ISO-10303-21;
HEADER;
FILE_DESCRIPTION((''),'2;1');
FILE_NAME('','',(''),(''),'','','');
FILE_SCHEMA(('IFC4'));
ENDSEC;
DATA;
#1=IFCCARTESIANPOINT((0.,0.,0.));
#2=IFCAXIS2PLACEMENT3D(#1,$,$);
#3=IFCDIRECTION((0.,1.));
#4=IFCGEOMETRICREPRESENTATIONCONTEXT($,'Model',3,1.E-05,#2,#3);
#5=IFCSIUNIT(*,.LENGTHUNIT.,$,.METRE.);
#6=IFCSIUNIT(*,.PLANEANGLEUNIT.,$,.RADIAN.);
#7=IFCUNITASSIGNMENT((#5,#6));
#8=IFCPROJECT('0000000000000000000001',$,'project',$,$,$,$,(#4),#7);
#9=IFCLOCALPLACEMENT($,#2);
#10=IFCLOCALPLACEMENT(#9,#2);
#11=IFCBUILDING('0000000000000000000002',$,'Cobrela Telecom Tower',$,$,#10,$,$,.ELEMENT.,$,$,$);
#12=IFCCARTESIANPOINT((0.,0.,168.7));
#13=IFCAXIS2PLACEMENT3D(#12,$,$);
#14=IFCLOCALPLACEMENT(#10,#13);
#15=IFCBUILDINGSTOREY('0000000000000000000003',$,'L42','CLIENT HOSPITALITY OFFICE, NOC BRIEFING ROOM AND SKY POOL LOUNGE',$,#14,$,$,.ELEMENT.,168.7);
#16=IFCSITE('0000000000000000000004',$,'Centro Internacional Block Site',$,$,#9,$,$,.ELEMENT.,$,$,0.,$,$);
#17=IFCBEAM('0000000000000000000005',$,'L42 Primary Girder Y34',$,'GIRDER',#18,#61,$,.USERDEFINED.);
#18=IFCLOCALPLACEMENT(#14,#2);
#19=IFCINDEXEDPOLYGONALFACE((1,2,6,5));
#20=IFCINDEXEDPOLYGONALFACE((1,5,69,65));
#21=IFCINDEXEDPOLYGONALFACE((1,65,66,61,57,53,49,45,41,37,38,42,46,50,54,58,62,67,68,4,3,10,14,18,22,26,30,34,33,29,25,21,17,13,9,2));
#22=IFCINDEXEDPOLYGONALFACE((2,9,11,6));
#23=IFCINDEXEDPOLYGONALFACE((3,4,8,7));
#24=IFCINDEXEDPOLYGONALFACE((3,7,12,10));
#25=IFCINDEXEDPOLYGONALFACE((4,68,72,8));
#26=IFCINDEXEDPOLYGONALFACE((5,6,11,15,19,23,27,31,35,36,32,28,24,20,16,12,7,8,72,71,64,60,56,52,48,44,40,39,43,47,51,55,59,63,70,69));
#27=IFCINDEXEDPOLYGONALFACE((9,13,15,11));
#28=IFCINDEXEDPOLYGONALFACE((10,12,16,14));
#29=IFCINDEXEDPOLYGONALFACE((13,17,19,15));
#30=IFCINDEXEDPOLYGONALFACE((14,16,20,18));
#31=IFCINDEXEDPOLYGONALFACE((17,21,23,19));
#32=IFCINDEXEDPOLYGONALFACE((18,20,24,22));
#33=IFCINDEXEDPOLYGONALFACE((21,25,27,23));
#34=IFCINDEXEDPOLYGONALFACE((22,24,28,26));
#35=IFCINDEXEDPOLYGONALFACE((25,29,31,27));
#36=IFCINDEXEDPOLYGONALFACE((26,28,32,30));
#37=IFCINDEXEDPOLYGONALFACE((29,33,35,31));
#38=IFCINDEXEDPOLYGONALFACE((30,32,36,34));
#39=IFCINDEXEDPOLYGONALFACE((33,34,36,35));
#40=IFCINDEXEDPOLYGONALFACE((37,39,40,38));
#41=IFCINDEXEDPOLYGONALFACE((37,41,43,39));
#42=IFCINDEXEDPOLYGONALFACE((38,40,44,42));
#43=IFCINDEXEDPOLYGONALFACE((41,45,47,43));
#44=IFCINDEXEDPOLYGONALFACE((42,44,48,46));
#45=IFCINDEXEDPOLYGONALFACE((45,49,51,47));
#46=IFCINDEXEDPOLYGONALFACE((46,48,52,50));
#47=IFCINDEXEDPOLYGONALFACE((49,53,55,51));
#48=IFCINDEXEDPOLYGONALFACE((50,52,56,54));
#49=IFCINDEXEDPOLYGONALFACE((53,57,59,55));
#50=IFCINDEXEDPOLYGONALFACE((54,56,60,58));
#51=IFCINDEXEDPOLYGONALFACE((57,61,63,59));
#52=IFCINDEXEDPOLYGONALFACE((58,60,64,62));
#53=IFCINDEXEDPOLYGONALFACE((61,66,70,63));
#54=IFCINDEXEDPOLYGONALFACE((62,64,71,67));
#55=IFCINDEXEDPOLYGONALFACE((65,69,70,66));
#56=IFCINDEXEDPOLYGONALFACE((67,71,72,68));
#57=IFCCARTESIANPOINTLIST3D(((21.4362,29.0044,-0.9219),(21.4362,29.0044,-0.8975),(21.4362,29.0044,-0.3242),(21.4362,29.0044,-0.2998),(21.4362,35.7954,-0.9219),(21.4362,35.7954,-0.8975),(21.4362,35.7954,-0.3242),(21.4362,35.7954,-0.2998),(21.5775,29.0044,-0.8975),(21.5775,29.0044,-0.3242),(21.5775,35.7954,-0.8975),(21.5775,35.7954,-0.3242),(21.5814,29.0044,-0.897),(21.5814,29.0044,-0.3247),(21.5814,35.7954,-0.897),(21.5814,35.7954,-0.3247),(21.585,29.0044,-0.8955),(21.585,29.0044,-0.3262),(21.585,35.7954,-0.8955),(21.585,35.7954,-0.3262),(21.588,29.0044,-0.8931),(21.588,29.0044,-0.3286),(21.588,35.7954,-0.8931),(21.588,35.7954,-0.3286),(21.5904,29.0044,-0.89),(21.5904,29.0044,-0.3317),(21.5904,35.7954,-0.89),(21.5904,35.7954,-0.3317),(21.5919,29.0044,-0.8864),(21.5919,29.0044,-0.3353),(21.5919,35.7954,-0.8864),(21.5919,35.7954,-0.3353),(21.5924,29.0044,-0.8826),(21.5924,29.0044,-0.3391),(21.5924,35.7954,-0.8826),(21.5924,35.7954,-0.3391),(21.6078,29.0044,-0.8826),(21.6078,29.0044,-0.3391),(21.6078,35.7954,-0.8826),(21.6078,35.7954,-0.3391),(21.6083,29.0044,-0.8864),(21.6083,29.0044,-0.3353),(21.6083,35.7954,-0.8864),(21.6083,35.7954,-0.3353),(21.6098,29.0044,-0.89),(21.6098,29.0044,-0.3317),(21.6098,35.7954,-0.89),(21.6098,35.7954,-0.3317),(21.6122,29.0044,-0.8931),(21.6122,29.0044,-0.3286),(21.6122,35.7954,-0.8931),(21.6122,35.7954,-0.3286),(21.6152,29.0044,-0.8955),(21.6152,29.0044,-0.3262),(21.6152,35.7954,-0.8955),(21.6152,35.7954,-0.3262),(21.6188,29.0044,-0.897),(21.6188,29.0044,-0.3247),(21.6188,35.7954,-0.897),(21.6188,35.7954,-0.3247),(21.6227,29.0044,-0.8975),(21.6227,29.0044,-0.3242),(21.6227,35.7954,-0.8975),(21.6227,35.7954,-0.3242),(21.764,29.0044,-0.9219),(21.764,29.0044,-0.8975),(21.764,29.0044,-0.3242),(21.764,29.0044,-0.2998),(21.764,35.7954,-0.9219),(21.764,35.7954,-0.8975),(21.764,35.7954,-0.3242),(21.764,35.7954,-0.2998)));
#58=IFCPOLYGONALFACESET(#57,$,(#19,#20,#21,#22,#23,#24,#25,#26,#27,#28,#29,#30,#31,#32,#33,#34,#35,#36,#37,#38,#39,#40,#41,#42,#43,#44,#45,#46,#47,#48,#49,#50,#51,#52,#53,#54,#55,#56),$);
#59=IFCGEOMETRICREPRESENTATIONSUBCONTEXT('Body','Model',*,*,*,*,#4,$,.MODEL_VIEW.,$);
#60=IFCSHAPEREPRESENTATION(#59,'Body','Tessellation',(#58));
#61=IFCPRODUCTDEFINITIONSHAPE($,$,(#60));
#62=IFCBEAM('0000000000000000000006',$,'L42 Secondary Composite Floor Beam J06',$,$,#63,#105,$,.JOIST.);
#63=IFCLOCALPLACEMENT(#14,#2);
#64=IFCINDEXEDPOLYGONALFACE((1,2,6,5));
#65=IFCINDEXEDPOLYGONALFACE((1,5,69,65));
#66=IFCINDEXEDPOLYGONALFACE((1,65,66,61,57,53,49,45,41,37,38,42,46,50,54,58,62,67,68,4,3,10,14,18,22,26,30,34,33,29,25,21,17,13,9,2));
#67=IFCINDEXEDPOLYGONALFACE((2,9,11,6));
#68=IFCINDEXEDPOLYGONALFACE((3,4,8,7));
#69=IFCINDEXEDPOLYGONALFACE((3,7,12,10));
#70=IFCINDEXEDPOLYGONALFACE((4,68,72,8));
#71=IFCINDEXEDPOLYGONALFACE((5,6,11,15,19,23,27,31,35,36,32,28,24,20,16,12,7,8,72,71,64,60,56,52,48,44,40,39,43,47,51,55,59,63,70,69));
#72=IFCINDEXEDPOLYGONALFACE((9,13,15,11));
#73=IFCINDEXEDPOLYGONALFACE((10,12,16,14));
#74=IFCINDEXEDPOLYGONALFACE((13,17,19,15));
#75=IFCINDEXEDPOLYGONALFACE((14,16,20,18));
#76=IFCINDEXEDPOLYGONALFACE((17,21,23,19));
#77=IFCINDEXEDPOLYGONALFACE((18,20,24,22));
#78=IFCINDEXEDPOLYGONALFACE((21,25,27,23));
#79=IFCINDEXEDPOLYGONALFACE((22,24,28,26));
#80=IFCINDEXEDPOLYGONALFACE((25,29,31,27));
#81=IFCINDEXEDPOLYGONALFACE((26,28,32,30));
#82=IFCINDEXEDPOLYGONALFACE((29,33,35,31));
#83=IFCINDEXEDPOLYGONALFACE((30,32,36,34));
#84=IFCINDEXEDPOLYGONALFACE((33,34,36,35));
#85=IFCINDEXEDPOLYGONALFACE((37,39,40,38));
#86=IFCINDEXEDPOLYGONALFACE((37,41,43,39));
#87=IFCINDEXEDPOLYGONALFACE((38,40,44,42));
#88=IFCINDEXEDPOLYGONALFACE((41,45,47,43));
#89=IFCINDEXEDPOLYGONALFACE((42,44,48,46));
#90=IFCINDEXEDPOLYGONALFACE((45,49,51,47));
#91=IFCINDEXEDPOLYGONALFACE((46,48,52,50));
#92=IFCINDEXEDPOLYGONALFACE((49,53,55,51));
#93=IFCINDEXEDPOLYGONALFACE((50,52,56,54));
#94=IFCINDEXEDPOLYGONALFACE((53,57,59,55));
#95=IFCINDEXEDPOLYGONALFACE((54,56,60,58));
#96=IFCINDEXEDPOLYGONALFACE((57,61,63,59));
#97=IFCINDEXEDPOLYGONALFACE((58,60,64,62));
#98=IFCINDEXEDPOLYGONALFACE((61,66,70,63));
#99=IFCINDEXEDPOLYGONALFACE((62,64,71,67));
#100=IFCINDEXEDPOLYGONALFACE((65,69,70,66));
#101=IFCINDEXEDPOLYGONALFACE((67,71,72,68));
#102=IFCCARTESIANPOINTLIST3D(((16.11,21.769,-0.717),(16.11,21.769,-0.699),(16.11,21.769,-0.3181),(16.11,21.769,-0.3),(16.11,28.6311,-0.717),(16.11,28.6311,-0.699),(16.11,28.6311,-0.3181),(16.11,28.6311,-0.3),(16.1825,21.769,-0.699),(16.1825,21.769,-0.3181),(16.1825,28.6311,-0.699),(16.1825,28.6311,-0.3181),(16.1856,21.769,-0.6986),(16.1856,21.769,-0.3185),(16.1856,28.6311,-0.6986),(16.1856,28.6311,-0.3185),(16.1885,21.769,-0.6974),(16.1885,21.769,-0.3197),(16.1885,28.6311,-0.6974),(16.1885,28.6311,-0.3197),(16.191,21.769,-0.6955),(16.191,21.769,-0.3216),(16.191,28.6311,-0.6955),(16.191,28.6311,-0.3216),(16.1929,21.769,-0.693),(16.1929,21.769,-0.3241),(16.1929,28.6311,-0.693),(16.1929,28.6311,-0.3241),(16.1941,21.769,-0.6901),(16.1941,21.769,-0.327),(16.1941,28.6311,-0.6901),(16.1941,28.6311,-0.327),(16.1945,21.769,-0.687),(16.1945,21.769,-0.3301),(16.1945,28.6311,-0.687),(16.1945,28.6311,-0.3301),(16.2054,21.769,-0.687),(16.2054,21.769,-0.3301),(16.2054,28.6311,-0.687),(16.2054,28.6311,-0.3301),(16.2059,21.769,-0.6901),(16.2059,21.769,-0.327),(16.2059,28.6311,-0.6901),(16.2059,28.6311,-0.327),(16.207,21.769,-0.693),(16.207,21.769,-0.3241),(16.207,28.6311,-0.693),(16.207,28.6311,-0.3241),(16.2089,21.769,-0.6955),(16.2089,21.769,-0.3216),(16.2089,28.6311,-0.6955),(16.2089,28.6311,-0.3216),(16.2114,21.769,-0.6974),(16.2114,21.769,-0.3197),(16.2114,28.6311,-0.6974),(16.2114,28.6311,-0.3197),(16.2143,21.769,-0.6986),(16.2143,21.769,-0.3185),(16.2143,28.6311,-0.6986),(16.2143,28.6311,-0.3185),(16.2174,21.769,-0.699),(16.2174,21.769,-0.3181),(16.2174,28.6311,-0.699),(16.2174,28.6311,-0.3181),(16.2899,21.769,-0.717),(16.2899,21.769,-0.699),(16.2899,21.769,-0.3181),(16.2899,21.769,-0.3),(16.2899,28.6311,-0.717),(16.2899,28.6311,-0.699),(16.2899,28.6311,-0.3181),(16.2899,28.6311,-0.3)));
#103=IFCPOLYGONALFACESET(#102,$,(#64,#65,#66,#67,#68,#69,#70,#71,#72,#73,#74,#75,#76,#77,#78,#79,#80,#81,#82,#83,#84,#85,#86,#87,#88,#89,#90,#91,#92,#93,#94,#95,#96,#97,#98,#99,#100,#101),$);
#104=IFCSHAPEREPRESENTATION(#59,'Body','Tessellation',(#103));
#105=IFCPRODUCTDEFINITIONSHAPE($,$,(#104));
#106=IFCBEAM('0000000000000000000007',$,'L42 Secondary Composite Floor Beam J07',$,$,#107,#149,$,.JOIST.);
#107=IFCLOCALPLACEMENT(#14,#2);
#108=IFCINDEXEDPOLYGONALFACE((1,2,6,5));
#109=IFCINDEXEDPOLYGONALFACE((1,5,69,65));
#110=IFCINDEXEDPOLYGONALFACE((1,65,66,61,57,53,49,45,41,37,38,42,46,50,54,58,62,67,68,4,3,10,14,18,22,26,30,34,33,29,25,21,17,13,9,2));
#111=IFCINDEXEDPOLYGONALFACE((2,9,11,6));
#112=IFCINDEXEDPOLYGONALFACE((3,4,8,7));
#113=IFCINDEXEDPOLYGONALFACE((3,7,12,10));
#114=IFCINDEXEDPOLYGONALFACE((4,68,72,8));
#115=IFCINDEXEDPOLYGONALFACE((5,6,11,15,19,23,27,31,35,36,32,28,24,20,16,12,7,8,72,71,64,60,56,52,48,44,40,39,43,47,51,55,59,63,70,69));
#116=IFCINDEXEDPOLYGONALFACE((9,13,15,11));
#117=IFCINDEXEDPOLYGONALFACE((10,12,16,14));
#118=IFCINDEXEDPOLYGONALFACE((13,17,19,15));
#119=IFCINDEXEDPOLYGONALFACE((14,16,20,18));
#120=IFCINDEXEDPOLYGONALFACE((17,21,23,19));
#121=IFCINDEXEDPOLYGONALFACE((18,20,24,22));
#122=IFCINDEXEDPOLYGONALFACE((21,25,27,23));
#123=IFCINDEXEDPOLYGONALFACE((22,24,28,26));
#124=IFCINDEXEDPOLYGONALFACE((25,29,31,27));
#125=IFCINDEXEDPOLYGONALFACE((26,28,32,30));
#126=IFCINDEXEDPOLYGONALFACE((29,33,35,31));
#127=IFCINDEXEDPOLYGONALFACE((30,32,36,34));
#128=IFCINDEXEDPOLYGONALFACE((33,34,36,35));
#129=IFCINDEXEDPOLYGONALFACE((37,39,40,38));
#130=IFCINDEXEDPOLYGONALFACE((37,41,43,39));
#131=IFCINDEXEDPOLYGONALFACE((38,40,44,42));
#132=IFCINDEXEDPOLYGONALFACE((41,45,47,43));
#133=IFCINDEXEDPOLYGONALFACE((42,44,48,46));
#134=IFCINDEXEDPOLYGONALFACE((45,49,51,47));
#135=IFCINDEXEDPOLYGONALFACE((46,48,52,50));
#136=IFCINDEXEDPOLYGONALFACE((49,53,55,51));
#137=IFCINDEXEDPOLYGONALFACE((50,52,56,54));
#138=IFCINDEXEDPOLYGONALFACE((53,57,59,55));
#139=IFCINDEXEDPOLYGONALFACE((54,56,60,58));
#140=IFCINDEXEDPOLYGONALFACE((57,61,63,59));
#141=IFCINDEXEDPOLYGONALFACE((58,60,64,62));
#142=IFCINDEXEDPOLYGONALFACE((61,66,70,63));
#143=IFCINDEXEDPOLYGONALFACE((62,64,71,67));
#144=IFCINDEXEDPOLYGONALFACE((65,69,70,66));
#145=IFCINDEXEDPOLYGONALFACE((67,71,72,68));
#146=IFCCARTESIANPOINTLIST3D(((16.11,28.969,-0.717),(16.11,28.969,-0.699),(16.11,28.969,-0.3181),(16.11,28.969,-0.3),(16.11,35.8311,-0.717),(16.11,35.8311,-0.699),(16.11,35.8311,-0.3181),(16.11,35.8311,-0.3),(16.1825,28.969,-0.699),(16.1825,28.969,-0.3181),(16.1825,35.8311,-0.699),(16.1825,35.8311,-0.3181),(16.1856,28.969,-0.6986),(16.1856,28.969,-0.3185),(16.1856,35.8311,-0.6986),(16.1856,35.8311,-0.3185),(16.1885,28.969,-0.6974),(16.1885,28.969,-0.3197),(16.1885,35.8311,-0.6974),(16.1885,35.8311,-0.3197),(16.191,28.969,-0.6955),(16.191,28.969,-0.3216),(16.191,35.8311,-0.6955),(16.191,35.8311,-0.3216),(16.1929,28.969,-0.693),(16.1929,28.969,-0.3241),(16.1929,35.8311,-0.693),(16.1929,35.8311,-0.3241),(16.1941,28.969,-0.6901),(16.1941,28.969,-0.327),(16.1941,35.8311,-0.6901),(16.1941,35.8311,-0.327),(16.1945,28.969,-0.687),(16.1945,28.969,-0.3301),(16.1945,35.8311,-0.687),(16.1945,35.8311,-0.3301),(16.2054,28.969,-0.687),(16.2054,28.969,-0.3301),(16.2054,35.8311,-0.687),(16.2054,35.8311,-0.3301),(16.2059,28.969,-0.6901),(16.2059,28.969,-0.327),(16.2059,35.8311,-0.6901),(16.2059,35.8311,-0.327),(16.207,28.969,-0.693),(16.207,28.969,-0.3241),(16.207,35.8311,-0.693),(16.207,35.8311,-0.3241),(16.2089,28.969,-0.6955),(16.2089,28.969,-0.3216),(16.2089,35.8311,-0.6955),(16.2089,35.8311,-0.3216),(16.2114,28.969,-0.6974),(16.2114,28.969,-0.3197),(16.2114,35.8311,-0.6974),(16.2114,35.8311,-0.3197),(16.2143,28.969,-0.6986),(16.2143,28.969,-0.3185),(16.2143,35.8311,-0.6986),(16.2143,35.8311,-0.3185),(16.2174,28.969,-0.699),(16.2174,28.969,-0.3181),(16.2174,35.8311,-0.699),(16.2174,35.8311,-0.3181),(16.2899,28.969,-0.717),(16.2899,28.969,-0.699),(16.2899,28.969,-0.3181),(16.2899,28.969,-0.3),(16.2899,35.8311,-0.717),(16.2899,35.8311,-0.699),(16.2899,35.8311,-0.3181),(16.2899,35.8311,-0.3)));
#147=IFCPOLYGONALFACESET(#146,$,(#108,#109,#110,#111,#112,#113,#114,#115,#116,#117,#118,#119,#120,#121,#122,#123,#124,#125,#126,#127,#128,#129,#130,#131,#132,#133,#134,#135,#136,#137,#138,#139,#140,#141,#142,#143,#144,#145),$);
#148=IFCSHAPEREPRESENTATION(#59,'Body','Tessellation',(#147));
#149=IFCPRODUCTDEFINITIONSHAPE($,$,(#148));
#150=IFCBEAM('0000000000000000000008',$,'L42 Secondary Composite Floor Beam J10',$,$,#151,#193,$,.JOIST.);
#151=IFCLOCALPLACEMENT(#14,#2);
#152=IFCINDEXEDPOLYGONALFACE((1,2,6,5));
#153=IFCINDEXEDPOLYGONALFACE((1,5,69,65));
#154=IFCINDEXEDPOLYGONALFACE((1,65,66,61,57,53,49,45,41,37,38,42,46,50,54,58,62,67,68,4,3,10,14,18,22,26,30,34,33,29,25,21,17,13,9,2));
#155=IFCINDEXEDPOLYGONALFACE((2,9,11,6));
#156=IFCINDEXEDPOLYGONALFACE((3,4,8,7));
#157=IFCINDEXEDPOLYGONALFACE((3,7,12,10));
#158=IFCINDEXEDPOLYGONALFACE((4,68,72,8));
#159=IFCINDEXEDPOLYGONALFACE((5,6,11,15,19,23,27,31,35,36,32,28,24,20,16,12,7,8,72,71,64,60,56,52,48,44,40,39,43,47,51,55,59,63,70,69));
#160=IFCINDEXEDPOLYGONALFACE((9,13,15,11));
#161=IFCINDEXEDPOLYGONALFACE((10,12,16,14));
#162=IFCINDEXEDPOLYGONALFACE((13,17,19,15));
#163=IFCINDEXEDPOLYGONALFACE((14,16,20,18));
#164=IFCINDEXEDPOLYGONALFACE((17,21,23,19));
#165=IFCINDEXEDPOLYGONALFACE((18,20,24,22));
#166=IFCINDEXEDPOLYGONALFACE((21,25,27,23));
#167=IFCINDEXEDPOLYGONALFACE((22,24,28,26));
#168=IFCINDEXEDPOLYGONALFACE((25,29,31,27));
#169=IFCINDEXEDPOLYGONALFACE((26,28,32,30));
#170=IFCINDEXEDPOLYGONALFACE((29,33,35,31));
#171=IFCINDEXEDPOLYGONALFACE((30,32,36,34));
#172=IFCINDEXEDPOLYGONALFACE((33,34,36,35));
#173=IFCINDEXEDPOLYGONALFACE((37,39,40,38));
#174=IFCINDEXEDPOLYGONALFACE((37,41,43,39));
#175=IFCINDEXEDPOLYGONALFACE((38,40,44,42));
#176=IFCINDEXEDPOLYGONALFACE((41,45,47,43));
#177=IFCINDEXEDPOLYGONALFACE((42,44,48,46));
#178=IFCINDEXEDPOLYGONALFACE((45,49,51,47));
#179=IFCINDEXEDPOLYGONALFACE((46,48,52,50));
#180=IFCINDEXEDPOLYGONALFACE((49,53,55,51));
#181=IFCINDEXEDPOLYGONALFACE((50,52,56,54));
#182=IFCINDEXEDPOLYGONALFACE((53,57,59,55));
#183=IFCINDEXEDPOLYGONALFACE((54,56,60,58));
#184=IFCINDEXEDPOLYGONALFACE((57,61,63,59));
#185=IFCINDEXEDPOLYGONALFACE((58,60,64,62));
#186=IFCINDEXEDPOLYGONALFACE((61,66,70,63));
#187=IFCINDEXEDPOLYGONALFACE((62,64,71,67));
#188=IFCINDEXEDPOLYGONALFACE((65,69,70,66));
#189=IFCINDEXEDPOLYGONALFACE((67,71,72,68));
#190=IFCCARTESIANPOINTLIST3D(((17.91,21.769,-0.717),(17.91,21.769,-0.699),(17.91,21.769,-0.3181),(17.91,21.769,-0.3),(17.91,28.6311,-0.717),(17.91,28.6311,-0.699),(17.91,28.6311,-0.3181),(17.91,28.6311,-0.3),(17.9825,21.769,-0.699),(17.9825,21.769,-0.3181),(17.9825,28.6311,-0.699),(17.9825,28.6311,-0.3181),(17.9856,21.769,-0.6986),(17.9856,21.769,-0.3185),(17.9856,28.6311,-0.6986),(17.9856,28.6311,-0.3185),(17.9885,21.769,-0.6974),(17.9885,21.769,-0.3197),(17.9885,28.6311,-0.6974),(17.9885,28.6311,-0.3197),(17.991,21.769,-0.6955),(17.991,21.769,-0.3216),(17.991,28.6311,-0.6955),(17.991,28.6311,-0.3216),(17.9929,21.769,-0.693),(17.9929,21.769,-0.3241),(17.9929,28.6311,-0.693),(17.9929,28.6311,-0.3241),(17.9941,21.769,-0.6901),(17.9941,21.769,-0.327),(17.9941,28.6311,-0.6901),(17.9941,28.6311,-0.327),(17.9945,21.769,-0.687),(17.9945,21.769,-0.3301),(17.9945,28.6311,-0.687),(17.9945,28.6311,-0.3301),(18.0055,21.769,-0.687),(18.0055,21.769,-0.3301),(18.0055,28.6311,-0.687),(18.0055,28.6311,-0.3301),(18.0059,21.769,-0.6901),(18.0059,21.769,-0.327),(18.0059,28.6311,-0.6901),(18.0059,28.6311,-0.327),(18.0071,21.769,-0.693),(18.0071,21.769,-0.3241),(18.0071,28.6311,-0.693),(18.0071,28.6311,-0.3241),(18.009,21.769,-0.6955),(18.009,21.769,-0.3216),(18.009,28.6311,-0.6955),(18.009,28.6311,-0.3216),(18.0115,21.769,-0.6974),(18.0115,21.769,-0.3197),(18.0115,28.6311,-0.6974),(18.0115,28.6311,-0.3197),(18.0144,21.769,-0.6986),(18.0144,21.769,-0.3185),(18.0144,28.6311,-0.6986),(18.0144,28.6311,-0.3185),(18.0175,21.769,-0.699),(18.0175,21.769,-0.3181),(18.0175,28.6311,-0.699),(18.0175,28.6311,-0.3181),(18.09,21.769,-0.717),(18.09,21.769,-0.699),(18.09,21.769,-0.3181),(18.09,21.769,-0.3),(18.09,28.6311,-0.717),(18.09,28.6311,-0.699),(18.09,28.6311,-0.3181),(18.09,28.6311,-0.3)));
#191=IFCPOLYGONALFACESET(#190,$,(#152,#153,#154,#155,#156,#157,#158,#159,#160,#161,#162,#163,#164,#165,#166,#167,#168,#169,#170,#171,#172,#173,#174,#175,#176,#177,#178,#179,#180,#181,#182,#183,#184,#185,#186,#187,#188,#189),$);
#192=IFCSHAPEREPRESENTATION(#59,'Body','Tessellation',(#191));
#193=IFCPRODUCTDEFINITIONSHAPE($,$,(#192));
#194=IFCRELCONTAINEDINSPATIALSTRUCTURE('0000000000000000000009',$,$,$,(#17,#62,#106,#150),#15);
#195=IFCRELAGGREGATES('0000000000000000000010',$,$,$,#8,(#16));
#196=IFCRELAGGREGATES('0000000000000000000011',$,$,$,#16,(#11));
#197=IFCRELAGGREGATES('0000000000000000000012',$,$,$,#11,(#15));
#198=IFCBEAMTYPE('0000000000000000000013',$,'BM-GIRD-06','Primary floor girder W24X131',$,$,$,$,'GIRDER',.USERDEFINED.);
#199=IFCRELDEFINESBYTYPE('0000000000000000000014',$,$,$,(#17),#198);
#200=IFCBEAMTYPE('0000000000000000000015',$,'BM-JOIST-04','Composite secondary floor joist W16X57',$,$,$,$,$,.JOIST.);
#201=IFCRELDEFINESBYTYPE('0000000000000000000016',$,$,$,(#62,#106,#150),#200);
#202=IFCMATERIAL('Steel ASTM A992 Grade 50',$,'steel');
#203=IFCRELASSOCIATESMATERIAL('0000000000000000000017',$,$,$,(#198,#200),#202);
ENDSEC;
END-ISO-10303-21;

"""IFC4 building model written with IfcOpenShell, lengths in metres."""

from ifc_helpers import new_model, si_unit, direction, frame, origin, origin_2d, place, context, subcontext, project, spatial, i_section, extrude, material, material_profile, profile_set, type_object, element, save


model = new_model("IFC4")

# Units and contexts
model_context = context("Model", 3, precision=1e-05, world=origin(), true_north=direction((0.0, 1.0)))
body_context = subcontext(model_context, "Body", "Model", "MODEL_VIEW")
ifc_project = project(units=[si_unit("LENGTHUNIT", "METRE"), si_unit("PLANEANGLEUNIT", "RADIAN")], contexts=[model_context])

# Site, building, storey
site_placement = place(None, origin())
site = spatial("IfcSite", under=ifc_project, at=site_placement, Name="Centro Internacional Block Site", CompositionType="ELEMENT", RefElevation=0.0)
building_placement = place(site_placement, origin())
building = spatial("IfcBuilding", under=site, at=building_placement, Name="Cobrela Telecom Tower", CompositionType="ELEMENT")
storey_placement = place(building_placement, frame((0.0, 0.0, 168.7)))
storey = spatial("IfcBuildingStorey", under=building, at=storey_placement, Name="L42", Description="CLIENT HOSPITALITY OFFICE, NOC BRIEFING ROOM AND SKY POOL LOUNGE", CompositionType="ELEMENT", Elevation=168.7)

# Shared definitions
ifc_material_1 = material(Name="Steel ASTM A992 Grade 50", Category="steel")

# Beams
ifc_material_profile_1 = material_profile(ifc_material_1, i_section(OverallWidth=0.3279, OverallDepth=0.6221, WebThickness=0.0154, FlangeThickness=0.0244, FilletRadius=0.0149, at=origin_2d()), Name="W24X131")
ifc_profile_set_1 = profile_set([ifc_material_profile_1], Name="Steel ASTM A992 Grade 50")
beam_type_1 = type_object("IfcBeamType", Name="BM-GIRD-06", Description="Primary floor girder W24X131", ElementType="GIRDER", PredefinedType="USERDEFINED", material=ifc_profile_set_1)
for number, where, z_axis, x_axis, name in (
    (1, (21.6001, 29.0044, -0.6108), (0.0, 1.0, 0.0), (-1.0, 0.0, 0.0), "L42 Primary Girder Y34"),
):
    element("IfcBeam", number, at=place(storey_placement, frame(where, z_axis=z_axis, x_axis=x_axis)), inside=storey, type_object=beam_type_1, Name=name, ObjectType="GIRDER", PredefinedType="USERDEFINED", context=body_context, shape_type="SweptSolid", body=[
        extrude(i_section(OverallWidth=0.3279, OverallDepth=0.6221, WebThickness=0.0154, FlangeThickness=0.0244, FilletRadius=0.0149, at=origin_2d()), origin(), (0.0, 0.0, 1.0), 6.791),
    ])
ifc_material_profile_2 = material_profile(ifc_material_1, i_section(OverallWidth=0.1799, OverallDepth=0.417, WebThickness=0.011, FlangeThickness=0.0181, FilletRadius=0.012, at=origin_2d()), Name="W16X57")
ifc_profile_set_2 = profile_set([ifc_material_profile_2], Name="Steel ASTM A992 Grade 50")
beam_type_2 = type_object("IfcBeamType", Name="BM-JOIST-04", Description="Composite secondary floor joist W16X57", PredefinedType="JOIST", material=ifc_profile_set_2)
for number, where, z_axis, x_axis, name in (
    (2, (16.2, 21.769, -0.5085), (0.0, 1.0, 0.0), (-1.0, 0.0, 0.0), "L42 Secondary Composite Floor Beam J06"),
    (3, (16.2, 28.969, -0.5085), (0.0, 1.0, 0.0), (-1.0, 0.0, 0.0), "L42 Secondary Composite Floor Beam J07"),
    (4, (18.0, 21.769, -0.5085), (0.0, 1.0, 0.0), (-1.0, 0.0, 0.0), "L42 Secondary Composite Floor Beam J10"),
):
    element("IfcBeam", number, at=place(storey_placement, frame(where, z_axis=z_axis, x_axis=x_axis)), inside=storey, type_object=beam_type_2, Name=name, PredefinedType="JOIST", context=body_context, shape_type="SweptSolid", body=[
        extrude(i_section(OverallWidth=0.1799, OverallDepth=0.417, WebThickness=0.011, FlangeThickness=0.0181, FilletRadius=0.012, at=origin_2d()), origin(), (0.0, 0.0, 1.0), 6.8621),
    ])

save(model, "model.ifc")
